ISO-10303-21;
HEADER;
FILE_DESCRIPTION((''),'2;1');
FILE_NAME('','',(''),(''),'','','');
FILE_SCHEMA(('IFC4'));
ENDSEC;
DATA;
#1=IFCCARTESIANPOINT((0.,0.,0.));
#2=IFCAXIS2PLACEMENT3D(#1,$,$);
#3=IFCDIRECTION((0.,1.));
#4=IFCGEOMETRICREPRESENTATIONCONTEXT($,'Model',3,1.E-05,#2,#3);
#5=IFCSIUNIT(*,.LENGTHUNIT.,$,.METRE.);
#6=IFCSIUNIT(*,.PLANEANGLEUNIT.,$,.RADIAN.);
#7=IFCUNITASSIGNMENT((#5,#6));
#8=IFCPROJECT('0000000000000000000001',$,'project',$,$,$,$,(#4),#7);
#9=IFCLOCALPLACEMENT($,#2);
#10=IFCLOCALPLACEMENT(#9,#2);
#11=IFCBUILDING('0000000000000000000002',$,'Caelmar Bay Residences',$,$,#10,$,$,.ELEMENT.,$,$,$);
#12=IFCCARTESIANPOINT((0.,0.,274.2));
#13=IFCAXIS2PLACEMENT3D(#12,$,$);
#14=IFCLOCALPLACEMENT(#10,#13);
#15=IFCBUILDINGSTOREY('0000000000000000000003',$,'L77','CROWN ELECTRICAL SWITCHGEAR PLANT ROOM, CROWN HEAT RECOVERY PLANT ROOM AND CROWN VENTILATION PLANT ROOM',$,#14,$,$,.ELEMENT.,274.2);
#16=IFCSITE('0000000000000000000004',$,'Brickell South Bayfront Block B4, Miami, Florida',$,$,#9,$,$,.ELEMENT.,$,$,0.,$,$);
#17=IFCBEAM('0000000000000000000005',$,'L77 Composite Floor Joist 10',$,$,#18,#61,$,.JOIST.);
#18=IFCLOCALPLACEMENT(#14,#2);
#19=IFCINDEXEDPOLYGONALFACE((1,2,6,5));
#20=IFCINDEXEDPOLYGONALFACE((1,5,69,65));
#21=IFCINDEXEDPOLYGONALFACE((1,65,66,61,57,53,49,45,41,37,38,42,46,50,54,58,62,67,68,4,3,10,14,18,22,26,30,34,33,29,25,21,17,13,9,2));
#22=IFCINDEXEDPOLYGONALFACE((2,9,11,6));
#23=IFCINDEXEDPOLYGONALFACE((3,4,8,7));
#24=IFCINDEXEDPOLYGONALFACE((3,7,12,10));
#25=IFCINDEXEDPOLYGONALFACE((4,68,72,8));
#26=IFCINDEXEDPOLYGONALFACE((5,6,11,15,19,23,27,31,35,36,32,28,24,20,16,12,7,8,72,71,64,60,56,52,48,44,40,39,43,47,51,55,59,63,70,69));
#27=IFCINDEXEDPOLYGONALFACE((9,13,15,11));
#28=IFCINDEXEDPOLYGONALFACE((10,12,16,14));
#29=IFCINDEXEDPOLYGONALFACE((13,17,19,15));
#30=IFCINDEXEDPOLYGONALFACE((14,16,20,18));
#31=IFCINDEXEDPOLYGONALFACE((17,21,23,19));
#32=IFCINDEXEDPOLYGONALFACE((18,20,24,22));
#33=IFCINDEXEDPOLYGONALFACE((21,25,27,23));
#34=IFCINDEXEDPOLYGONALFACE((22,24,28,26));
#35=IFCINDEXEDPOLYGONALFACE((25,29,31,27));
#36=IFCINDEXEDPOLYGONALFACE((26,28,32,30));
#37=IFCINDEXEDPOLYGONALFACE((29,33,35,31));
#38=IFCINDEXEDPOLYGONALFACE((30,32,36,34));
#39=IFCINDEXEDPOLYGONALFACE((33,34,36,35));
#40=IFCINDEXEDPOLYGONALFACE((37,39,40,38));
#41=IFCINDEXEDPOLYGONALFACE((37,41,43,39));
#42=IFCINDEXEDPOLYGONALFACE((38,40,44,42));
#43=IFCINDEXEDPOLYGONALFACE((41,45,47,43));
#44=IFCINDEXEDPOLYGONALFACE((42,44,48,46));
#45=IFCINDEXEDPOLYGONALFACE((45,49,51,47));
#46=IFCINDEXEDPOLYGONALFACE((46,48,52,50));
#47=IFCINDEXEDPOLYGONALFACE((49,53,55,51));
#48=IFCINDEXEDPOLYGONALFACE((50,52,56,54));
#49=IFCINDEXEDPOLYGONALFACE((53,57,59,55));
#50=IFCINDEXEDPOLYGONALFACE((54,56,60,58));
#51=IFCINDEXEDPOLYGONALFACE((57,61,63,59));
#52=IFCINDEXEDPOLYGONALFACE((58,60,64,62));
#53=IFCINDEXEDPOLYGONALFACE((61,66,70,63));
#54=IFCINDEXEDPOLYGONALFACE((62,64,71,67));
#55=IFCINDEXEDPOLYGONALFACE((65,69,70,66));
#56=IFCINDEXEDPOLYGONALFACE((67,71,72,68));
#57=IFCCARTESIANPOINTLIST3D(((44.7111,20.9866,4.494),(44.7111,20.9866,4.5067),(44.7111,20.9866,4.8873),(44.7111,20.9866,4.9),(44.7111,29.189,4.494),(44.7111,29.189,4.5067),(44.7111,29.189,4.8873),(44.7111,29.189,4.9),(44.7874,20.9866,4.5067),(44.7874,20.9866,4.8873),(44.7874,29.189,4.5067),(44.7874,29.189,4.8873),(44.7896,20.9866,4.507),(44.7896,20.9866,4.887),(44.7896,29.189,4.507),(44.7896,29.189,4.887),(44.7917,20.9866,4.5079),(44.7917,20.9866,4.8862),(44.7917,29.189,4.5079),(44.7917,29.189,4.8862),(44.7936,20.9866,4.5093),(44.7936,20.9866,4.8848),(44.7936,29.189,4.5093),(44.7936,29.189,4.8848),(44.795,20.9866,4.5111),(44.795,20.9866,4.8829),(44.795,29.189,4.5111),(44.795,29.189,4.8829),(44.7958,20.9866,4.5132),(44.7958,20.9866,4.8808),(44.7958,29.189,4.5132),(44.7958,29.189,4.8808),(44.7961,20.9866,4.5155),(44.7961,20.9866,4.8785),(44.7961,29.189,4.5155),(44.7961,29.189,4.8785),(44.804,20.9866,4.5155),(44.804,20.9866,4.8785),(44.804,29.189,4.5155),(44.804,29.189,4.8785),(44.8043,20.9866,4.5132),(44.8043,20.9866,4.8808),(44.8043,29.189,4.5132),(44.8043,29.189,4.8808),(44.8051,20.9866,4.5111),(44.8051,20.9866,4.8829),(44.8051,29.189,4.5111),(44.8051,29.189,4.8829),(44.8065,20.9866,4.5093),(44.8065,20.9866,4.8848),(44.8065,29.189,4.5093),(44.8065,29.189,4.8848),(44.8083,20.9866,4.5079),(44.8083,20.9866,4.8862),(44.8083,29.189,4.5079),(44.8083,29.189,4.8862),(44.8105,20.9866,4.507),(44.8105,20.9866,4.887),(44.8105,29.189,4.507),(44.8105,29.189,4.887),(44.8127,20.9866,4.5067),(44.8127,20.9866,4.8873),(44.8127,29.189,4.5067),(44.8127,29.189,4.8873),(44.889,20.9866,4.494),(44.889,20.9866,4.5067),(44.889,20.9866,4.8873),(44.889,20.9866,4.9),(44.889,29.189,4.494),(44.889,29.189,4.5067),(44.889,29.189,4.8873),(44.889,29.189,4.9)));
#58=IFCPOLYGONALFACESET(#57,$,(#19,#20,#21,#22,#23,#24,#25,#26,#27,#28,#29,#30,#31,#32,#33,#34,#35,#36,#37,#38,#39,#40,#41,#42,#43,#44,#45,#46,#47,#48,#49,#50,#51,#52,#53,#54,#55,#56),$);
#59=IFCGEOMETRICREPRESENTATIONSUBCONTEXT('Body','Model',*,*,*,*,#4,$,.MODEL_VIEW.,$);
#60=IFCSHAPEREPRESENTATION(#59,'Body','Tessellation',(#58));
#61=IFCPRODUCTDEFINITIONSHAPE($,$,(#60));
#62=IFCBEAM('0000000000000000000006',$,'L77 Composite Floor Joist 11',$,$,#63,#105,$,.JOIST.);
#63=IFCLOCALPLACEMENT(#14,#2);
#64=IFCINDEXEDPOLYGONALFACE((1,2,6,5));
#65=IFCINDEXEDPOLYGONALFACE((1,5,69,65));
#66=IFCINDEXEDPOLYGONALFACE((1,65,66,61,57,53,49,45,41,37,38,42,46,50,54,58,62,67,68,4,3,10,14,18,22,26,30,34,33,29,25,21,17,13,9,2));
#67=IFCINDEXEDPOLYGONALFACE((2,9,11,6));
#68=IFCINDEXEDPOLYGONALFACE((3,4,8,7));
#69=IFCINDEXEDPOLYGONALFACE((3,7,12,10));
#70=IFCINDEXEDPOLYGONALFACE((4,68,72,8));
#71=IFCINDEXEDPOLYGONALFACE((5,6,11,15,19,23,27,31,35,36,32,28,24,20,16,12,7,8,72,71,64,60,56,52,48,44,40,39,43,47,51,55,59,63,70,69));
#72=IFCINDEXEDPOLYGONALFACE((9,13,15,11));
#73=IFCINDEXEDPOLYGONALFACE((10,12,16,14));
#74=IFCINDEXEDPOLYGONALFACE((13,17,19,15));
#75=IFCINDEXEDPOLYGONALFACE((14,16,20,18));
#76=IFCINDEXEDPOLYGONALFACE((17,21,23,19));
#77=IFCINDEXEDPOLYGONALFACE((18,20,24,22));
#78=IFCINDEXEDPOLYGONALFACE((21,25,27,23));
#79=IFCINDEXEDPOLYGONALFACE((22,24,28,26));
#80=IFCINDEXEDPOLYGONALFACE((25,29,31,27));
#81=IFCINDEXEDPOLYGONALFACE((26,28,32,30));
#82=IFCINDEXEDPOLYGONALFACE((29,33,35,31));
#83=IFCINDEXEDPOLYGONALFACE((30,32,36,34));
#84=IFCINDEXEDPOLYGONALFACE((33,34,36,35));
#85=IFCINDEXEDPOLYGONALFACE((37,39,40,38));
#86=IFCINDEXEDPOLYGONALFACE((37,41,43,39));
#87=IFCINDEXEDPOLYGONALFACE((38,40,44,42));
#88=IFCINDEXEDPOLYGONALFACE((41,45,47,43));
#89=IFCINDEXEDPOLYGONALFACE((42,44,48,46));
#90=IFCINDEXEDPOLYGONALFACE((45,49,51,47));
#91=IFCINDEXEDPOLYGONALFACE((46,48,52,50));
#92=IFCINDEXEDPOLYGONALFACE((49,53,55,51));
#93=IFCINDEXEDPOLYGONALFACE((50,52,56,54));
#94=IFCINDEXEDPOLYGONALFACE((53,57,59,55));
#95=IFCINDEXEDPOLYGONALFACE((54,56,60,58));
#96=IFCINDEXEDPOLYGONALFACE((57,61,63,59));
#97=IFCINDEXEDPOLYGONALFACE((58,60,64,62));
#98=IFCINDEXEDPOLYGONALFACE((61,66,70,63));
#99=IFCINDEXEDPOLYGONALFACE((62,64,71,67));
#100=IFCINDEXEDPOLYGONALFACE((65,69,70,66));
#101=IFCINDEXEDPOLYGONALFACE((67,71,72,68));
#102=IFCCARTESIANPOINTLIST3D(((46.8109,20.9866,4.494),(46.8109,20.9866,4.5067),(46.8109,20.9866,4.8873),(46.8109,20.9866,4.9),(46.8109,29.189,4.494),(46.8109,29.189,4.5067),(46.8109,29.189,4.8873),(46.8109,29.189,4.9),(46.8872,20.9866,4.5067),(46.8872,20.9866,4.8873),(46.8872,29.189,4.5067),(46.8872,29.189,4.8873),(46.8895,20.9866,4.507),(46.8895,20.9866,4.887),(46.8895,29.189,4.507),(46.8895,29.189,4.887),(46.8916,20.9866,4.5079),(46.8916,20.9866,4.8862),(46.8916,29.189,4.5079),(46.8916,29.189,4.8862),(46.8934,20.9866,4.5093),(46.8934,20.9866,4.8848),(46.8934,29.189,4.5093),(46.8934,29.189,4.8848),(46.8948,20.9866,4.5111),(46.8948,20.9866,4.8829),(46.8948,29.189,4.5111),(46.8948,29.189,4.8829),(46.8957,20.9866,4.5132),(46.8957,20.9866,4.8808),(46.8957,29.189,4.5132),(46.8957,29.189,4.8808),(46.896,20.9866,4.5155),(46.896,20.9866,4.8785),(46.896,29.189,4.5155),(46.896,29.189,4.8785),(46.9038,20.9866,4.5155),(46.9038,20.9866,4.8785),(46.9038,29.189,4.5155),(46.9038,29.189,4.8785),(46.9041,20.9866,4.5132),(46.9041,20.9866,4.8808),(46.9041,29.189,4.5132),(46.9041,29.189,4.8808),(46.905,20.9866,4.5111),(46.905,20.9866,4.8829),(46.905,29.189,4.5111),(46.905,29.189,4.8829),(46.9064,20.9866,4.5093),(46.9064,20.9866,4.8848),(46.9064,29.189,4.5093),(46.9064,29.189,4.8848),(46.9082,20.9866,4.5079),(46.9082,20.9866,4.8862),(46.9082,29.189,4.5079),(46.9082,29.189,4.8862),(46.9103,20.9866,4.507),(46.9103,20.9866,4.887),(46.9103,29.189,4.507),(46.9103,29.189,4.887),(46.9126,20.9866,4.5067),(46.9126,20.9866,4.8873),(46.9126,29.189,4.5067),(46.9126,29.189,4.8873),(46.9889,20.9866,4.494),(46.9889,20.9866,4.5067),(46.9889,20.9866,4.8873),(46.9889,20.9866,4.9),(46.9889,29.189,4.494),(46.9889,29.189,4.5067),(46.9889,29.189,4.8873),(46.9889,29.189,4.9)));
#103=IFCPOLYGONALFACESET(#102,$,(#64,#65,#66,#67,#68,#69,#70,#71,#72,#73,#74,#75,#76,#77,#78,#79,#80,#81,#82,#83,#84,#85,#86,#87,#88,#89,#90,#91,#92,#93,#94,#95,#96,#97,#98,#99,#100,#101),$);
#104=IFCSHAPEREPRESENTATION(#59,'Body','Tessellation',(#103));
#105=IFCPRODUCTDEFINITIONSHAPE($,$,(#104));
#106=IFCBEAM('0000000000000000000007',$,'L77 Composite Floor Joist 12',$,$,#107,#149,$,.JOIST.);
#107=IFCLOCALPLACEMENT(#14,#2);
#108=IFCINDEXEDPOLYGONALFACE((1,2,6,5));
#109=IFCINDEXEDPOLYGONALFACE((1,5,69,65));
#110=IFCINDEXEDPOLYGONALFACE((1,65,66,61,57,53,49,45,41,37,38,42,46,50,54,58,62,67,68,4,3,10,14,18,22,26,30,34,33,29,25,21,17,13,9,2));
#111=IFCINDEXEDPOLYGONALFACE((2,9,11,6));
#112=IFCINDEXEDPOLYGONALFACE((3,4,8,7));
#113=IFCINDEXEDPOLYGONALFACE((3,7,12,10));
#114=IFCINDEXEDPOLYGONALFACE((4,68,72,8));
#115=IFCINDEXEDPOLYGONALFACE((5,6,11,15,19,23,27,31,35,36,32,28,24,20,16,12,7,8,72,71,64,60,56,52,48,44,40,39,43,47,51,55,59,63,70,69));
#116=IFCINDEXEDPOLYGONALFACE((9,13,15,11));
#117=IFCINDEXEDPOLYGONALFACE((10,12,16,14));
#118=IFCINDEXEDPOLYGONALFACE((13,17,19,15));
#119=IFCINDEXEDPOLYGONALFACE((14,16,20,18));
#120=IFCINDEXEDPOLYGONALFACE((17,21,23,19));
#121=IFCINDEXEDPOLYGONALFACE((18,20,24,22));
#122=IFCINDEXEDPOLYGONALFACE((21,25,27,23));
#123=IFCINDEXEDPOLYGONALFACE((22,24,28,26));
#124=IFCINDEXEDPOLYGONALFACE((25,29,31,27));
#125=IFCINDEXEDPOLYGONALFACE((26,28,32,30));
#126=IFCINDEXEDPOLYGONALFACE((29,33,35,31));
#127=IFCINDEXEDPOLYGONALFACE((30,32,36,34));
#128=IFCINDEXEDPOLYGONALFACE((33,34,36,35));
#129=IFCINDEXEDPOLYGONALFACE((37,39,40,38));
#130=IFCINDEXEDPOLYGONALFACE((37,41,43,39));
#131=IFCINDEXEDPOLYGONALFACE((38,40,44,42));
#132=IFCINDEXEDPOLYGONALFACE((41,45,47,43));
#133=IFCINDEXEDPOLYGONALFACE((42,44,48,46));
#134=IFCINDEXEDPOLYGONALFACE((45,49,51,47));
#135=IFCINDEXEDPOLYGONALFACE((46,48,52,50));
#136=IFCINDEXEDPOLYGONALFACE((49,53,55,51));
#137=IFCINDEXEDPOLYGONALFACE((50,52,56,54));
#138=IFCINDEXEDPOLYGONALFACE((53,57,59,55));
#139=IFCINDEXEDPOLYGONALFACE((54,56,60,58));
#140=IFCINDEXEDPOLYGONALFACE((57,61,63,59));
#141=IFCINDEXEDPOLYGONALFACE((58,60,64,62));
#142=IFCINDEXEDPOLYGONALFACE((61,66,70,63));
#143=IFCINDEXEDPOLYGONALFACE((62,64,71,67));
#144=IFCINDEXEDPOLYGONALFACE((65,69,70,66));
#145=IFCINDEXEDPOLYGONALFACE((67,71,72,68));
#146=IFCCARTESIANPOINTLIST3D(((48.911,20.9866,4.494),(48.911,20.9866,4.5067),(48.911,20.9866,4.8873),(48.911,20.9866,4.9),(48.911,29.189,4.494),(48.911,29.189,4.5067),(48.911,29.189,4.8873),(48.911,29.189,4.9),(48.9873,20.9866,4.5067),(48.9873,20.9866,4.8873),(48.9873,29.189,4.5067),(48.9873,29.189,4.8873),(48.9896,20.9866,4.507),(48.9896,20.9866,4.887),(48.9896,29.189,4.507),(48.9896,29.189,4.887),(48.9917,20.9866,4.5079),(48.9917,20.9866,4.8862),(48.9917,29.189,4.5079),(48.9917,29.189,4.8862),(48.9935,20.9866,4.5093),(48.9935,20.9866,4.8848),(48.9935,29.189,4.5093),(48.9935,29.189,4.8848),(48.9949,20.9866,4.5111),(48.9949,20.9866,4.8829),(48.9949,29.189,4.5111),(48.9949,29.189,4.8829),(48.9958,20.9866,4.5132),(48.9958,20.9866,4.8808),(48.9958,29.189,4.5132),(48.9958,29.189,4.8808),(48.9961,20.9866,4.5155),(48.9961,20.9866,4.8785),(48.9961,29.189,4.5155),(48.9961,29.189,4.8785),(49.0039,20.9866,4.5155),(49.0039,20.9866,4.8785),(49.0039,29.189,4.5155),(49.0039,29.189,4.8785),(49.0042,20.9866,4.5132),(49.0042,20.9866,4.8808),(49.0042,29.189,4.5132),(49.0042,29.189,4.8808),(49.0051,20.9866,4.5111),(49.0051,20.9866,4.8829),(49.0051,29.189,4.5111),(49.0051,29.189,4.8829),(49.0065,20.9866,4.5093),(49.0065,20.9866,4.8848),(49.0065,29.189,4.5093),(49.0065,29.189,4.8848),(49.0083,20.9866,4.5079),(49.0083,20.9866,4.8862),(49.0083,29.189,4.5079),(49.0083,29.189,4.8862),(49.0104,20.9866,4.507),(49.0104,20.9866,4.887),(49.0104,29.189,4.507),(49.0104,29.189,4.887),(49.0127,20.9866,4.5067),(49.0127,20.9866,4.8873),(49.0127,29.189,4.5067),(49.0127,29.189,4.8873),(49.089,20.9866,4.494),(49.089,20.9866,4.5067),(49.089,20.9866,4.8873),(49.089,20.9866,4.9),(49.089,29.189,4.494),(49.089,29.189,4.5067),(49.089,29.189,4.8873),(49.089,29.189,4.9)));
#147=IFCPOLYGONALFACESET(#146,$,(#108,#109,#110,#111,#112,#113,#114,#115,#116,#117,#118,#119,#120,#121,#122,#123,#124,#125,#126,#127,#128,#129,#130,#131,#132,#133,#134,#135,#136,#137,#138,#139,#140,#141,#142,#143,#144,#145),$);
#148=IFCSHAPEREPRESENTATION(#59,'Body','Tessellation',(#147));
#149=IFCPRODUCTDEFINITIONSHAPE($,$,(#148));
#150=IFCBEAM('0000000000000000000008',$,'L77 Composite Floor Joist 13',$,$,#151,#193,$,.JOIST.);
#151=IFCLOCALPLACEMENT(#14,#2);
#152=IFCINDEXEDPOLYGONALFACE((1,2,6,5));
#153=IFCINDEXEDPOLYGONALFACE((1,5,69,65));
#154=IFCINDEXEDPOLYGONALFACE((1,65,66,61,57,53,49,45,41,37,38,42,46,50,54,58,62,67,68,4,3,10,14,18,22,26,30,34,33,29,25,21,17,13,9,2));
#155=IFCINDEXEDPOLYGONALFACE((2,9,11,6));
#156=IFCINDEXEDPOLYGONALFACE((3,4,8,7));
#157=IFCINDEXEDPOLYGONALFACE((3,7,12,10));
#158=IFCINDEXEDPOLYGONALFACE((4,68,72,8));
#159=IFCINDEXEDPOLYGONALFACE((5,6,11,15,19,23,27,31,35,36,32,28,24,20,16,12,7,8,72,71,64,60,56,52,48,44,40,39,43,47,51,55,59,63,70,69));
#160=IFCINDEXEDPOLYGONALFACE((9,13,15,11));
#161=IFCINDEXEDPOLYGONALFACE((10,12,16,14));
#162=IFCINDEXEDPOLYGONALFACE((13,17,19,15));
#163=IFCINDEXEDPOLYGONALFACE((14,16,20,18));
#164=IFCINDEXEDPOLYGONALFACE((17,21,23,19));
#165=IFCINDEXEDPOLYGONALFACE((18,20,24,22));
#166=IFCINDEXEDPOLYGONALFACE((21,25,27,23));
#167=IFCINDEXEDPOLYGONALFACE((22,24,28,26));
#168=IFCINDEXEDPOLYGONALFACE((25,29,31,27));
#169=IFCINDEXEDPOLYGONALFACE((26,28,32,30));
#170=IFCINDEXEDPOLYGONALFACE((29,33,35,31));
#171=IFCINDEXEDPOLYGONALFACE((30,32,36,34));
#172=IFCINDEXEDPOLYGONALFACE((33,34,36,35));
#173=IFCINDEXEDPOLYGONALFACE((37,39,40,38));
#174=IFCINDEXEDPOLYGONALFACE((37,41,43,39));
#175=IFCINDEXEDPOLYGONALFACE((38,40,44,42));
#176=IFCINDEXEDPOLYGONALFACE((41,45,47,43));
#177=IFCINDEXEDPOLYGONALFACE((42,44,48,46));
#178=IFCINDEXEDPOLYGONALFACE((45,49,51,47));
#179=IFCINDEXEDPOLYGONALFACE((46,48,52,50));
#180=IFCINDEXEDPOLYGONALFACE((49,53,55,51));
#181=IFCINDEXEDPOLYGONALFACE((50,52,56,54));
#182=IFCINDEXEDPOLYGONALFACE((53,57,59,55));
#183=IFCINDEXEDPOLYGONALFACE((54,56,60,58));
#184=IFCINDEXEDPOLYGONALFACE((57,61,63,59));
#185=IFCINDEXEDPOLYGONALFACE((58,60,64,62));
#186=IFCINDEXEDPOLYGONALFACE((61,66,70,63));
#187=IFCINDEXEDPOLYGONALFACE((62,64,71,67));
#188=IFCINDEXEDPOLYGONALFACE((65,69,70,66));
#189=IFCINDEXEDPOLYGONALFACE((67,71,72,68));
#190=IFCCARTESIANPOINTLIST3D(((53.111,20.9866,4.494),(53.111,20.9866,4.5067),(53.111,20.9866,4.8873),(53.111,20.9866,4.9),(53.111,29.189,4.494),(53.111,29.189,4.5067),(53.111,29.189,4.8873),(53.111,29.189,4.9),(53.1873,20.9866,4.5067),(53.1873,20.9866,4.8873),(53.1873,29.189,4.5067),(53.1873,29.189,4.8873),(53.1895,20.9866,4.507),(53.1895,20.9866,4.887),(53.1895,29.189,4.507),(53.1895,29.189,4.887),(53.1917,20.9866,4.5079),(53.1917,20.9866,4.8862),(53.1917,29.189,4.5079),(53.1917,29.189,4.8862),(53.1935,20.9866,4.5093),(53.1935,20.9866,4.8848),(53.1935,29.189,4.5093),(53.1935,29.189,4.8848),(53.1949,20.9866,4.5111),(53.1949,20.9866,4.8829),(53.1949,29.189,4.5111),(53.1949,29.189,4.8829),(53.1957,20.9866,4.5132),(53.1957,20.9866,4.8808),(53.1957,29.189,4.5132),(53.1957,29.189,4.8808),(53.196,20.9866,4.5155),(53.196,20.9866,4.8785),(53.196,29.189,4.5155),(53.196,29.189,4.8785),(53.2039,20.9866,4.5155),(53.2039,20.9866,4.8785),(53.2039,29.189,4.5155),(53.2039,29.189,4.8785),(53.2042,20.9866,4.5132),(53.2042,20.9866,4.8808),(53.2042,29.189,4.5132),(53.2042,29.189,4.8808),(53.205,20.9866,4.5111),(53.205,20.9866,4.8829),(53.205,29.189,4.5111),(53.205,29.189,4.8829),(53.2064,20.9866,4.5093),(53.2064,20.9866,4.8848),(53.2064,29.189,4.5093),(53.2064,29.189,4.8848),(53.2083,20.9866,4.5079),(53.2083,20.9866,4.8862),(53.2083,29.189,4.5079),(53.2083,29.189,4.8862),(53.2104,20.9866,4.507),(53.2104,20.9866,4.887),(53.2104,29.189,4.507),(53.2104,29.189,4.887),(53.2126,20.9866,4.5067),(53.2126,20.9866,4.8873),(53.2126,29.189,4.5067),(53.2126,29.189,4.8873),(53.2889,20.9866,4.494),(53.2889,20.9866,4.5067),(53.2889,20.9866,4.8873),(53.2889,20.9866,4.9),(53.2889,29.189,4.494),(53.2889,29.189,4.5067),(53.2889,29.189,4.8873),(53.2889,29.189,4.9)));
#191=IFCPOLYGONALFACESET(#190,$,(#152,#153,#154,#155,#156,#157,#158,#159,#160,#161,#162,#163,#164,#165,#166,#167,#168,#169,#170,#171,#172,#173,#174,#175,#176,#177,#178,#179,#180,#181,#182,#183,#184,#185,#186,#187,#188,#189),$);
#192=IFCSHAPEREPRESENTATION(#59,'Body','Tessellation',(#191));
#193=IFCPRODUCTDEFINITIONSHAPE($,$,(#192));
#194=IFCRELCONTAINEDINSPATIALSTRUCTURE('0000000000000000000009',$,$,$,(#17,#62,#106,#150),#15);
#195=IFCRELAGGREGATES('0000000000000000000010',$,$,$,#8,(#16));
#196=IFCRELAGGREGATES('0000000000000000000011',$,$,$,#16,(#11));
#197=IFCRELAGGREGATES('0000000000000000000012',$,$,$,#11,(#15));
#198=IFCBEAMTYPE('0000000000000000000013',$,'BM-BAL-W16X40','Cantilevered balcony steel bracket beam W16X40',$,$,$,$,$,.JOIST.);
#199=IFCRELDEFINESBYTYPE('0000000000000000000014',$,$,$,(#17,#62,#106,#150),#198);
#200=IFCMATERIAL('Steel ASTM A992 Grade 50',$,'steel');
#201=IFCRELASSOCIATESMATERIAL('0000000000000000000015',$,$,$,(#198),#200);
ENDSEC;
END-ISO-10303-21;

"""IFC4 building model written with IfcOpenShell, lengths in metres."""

from ifc_helpers import new_model, si_unit, direction, frame, origin, origin_2d, place, context, subcontext, project, spatial, i_section, extrude, material, material_profile, profile_set, type_object, element, save


model = new_model("IFC4")

# Units and contexts
model_context = context("Model", 3, precision=1e-05, world=origin(), true_north=direction((0.0, 1.0)))
body_context = subcontext(model_context, "Body", "Model", "MODEL_VIEW")
ifc_project = project(units=[si_unit("LENGTHUNIT", "METRE"), si_unit("PLANEANGLEUNIT", "RADIAN")], contexts=[model_context])

# Site, building, storey
site_placement = place(None, origin())
site = spatial("IfcSite", under=ifc_project, at=site_placement, Name="Brickell South Bayfront Block B4, Miami, Florida", CompositionType="ELEMENT", RefElevation=0.0)
building_placement = place(site_placement, origin())
building = spatial("IfcBuilding", under=site, at=building_placement, Name="Caelmar Bay Residences", CompositionType="ELEMENT")
storey_placement = place(building_placement, frame((0.0, 0.0, 274.2)))
storey = spatial("IfcBuildingStorey", under=building, at=storey_placement, Name="L77", Description="CROWN ELECTRICAL SWITCHGEAR PLANT ROOM, CROWN HEAT RECOVERY PLANT ROOM AND CROWN VENTILATION PLANT ROOM", CompositionType="ELEMENT", Elevation=274.2)

# Beams
ifc_material_1 = material(Name="Steel ASTM A992 Grade 50", Category="steel")
ifc_material_profile_1 = material_profile(ifc_material_1, i_section(OverallWidth=0.178, OverallDepth=0.406, WebThickness=0.0078, FlangeThickness=0.0127, FilletRadius=0.0088, at=origin_2d()), Name="W16X40")
ifc_profile_set_1 = profile_set([ifc_material_profile_1], Name="Steel ASTM A992 Grade 50")
beam_type_1 = type_object("IfcBeamType", Name="BM-BAL-W16X40", Description="Cantilevered balcony steel bracket beam W16X40", PredefinedType="JOIST", material=ifc_profile_set_1)
for number, where, z_axis, x_axis, name in (
    (1, (44.8, 20.9866, 4.697), (0.0, 1.0, 0.0), (-1.0, 0.0, 0.0), "L77 Composite Floor Joist 10"),
    (2, (46.8999, 20.9866, 4.697), (0.0, 1.0, 0.0), (-1.0, 0.0, 0.0), "L77 Composite Floor Joist 11"),
    (3, (49.0, 20.9866, 4.697), (0.0, 1.0, 0.0), (-1.0, 0.0, 0.0), "L77 Composite Floor Joist 12"),
    (4, (53.2, 20.9866, 4.697), (0.0, 1.0, 0.0), (-1.0, 0.0, 0.0), "L77 Composite Floor Joist 13"),
):
    element("IfcBeam", number, at=place(storey_placement, frame(where, z_axis=z_axis, x_axis=x_axis)), inside=storey, type_object=beam_type_1, Name=name, PredefinedType="JOIST", context=body_context, shape_type="SweptSolid", body=[
        extrude(i_section(OverallWidth=0.178, OverallDepth=0.406, WebThickness=0.0078, FlangeThickness=0.0127, FilletRadius=0.0088, at=origin_2d()), origin(), (0.0, 0.0, 1.0), 8.2024),
    ])

save(model, "model.ifc")
